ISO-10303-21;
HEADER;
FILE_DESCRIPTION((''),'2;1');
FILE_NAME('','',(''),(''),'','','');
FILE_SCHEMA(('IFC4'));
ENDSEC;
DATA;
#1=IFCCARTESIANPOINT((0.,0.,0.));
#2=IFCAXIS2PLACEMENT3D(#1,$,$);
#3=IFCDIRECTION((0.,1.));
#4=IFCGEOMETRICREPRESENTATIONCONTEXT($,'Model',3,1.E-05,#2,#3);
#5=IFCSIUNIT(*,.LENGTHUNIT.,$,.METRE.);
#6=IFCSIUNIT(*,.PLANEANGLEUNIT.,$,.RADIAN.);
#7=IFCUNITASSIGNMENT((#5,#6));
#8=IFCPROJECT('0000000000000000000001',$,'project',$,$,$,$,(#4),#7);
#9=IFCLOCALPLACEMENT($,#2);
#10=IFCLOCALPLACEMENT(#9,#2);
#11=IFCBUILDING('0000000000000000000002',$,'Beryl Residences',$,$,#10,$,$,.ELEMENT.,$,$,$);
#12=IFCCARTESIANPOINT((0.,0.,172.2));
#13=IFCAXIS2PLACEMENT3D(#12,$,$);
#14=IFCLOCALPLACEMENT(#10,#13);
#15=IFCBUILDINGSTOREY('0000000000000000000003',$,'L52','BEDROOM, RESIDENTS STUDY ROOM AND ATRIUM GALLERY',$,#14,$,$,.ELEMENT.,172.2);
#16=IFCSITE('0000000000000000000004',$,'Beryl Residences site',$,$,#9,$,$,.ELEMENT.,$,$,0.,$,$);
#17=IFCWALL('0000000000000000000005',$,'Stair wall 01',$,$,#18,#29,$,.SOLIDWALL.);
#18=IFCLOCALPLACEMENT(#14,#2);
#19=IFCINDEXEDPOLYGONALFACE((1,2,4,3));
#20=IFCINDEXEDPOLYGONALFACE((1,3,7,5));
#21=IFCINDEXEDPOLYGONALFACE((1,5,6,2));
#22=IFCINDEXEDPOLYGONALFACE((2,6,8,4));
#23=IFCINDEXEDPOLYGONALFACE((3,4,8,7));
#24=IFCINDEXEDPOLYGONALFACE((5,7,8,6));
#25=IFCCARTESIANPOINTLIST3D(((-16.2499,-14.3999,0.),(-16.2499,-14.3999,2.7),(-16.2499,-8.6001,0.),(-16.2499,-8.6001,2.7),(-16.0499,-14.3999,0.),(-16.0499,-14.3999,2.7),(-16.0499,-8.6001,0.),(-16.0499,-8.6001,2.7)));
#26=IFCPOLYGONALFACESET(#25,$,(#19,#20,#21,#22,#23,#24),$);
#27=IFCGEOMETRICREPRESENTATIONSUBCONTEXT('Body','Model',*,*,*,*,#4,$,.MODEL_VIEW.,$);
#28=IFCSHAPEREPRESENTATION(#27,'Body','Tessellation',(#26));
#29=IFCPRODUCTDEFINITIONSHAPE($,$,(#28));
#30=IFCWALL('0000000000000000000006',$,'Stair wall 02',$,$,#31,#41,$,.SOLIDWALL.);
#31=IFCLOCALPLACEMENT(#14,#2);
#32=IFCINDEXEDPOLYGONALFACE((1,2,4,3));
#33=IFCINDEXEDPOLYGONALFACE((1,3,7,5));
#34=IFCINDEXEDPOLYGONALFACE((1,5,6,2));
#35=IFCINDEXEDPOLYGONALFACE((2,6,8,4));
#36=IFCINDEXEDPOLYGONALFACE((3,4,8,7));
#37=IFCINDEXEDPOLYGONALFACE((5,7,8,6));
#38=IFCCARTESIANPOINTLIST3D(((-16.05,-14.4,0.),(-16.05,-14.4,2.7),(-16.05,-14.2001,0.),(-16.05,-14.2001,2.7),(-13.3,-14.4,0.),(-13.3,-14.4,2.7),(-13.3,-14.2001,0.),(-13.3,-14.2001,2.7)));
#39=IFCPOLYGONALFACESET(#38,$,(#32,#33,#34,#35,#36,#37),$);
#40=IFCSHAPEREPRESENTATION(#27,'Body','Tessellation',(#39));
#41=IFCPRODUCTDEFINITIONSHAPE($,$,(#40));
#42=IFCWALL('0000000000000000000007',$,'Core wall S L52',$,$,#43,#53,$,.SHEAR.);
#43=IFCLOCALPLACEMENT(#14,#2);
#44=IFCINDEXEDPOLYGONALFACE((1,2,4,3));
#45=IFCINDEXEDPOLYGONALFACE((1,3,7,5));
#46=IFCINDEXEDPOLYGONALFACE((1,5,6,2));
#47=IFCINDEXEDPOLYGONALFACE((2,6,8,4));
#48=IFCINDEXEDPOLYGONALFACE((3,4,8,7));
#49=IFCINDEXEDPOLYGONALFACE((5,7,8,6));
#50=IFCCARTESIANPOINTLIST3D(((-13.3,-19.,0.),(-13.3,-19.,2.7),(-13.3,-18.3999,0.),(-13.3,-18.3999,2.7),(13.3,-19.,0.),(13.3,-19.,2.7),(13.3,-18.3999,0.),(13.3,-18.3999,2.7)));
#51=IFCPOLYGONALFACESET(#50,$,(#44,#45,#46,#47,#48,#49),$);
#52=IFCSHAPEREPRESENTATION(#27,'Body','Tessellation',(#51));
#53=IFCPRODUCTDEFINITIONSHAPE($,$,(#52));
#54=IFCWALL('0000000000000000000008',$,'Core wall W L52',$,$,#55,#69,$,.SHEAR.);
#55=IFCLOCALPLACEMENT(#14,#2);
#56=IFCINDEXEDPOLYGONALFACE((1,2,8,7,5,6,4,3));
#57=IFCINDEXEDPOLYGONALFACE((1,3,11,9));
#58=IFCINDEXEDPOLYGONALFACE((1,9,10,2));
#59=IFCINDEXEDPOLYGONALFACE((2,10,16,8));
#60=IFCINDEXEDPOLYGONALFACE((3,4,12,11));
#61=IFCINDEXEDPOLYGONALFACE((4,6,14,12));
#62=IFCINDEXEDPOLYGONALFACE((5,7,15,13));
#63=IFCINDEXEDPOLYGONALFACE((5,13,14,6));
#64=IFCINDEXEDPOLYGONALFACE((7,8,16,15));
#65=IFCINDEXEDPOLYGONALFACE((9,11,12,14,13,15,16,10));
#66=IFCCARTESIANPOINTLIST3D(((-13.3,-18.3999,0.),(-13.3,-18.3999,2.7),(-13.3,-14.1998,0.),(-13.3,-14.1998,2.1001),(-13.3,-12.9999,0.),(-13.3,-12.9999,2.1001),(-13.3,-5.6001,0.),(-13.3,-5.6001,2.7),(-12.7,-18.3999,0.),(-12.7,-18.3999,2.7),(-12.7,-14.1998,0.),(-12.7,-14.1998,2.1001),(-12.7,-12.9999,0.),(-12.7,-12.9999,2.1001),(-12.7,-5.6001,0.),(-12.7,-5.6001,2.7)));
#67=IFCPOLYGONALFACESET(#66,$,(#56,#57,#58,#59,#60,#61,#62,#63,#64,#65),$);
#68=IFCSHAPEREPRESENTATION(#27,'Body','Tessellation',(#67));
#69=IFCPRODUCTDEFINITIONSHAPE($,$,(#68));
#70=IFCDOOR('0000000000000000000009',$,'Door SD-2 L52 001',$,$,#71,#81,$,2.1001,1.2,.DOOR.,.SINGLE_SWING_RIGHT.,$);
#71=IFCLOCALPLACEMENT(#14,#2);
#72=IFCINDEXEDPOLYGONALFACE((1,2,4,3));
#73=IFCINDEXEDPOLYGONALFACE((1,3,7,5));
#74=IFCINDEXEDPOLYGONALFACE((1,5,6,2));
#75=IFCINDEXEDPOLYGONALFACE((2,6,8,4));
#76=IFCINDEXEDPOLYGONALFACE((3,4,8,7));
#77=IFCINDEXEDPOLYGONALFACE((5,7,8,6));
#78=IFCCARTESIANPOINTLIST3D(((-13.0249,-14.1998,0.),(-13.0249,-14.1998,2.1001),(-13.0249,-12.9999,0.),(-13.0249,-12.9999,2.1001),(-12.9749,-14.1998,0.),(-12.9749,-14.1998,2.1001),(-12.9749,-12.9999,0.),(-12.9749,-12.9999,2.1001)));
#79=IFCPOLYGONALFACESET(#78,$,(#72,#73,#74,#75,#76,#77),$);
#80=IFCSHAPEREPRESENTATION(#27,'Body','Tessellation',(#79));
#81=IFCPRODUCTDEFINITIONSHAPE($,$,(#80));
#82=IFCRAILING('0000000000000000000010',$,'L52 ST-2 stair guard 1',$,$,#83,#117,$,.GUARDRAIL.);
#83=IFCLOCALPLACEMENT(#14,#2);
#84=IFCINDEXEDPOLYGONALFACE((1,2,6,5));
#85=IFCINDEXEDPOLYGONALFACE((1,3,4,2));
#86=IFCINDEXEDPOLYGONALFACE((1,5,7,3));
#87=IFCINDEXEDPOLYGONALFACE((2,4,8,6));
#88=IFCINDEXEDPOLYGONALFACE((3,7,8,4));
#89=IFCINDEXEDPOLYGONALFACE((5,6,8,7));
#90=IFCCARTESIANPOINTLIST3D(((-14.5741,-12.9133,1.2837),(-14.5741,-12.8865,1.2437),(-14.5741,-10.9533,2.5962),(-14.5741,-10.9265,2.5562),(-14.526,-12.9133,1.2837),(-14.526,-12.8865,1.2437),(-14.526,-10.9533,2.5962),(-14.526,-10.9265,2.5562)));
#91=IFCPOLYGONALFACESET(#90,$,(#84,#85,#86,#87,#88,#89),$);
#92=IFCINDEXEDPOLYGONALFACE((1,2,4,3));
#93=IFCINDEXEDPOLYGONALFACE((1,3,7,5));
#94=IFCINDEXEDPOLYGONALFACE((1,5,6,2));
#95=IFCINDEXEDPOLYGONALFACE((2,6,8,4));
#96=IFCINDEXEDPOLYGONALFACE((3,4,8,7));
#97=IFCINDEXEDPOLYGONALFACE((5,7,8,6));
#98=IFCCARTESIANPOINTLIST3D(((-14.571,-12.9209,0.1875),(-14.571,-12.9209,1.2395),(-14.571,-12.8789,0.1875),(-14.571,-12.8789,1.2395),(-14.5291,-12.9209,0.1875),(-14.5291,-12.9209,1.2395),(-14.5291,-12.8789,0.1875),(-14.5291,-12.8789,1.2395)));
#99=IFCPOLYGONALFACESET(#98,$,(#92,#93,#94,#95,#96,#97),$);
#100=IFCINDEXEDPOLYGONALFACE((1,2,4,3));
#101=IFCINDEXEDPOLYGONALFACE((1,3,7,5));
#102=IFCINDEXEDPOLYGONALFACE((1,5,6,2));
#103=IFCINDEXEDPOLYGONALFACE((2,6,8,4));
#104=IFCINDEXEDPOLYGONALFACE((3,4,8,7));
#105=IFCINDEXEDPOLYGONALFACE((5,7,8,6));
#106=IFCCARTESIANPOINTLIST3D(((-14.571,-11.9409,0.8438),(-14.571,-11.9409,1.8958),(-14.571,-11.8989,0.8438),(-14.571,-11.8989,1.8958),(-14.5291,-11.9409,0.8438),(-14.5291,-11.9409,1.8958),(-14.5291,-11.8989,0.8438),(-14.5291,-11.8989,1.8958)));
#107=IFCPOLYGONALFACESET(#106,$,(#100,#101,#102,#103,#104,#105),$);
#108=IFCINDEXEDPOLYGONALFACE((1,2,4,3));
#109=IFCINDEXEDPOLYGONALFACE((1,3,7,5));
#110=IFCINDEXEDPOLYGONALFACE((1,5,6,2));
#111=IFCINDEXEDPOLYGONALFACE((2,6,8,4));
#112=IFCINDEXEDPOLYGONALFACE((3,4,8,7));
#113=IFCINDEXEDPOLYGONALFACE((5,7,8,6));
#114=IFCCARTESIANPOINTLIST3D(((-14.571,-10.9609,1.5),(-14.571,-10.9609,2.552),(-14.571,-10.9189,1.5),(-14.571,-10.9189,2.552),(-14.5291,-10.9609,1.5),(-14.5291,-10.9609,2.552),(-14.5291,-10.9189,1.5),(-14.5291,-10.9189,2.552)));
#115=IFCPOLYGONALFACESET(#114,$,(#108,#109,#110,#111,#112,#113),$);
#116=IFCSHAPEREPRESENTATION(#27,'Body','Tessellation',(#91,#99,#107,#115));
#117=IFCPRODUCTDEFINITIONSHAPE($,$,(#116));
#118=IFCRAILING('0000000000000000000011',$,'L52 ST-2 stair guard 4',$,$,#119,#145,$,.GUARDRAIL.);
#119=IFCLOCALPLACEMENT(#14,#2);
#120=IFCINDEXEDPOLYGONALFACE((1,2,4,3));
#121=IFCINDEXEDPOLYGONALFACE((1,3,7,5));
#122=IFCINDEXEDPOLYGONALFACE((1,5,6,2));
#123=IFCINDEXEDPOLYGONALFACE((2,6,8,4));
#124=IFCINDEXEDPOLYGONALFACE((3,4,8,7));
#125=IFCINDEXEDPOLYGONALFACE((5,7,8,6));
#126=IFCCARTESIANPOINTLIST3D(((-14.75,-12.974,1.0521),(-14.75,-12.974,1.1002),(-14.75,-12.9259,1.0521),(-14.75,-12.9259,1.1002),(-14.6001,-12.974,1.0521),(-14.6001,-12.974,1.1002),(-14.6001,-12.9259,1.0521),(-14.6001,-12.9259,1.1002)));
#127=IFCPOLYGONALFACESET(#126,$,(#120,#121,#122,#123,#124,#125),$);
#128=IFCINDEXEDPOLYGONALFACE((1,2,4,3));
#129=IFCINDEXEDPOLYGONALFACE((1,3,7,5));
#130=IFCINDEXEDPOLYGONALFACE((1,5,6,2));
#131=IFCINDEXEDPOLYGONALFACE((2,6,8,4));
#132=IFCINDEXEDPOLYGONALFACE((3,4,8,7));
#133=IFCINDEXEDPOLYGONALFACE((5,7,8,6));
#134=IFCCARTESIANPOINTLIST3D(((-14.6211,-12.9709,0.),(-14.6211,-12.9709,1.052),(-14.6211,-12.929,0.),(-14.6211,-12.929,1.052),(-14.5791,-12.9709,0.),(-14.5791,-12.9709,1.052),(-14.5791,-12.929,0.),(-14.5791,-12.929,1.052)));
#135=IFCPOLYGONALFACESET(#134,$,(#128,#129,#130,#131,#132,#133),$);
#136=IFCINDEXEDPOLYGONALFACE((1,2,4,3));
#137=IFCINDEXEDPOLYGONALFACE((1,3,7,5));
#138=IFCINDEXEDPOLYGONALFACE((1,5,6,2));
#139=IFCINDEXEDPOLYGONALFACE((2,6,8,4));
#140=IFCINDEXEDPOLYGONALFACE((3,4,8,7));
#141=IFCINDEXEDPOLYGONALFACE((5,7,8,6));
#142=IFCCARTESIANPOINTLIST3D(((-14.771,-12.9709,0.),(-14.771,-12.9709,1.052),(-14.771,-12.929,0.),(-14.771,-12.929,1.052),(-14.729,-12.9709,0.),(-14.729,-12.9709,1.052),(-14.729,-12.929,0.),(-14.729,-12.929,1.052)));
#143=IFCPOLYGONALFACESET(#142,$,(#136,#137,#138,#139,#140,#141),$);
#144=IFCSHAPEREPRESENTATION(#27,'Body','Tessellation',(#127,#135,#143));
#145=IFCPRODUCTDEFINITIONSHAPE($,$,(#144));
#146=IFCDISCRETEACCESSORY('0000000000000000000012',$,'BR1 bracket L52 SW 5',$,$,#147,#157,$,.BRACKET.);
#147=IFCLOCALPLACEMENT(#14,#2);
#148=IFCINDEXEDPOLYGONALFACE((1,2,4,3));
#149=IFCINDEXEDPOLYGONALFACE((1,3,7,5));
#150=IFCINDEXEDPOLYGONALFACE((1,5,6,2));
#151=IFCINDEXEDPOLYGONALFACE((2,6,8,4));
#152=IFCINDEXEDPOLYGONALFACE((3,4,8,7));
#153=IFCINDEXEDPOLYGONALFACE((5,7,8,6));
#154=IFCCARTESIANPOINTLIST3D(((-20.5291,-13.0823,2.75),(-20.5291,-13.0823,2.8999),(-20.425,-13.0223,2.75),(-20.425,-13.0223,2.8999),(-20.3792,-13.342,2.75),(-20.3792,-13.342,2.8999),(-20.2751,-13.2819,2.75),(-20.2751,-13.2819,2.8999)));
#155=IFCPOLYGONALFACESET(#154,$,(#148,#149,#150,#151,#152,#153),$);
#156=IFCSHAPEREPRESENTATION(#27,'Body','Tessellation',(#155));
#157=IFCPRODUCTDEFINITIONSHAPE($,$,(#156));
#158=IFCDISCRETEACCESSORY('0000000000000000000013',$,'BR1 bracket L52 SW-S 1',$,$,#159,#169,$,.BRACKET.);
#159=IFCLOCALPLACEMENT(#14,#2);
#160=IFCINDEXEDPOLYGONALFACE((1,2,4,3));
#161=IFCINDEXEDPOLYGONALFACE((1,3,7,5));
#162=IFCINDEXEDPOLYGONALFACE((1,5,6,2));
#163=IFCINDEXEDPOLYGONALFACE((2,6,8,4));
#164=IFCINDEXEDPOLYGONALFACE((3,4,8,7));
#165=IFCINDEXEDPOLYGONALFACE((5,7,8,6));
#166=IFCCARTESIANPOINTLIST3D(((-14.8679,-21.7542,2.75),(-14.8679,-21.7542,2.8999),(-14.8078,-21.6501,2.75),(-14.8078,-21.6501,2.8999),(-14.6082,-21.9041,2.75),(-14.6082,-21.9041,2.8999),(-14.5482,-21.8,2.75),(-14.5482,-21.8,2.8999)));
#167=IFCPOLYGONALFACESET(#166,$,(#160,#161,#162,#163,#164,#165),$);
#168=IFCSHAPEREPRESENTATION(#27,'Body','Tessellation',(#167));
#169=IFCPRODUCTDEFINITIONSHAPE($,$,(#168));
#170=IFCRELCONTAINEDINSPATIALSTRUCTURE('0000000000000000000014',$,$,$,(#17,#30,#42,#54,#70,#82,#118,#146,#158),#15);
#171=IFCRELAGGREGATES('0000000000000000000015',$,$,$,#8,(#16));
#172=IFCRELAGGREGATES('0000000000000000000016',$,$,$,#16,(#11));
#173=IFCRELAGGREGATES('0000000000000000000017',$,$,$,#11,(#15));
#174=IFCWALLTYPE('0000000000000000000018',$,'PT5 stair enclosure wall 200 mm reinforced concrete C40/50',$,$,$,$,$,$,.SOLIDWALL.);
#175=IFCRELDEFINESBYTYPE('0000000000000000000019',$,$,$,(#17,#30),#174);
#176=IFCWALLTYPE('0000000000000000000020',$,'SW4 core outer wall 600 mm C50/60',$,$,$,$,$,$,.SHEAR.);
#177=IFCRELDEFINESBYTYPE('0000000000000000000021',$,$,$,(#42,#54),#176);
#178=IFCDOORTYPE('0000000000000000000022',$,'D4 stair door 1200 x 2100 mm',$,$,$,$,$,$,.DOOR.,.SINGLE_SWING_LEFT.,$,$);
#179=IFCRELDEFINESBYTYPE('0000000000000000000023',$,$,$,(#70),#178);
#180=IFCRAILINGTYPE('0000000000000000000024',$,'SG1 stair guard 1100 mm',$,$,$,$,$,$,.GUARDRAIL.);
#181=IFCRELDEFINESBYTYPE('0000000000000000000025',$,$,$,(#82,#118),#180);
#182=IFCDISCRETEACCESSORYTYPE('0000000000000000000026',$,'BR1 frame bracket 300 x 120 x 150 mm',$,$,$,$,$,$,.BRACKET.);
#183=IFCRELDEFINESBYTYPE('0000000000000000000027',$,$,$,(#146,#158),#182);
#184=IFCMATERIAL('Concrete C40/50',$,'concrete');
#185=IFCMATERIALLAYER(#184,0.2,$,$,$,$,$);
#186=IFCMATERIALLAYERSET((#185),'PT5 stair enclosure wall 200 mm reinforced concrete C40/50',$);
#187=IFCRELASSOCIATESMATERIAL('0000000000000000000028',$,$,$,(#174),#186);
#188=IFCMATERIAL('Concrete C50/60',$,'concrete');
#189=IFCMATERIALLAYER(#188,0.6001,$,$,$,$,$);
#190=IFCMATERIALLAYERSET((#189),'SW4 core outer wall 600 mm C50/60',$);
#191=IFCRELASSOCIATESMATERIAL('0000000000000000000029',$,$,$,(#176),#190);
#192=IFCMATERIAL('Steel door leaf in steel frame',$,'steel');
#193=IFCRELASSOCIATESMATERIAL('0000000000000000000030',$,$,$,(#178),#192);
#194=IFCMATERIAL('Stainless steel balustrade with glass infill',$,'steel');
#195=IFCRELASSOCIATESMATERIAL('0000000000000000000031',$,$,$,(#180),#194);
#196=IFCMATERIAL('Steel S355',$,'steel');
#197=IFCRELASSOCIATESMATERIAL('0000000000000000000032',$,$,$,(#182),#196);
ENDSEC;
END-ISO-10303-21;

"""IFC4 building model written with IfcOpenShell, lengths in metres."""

from ifc_helpers import new_model, si_unit, direction, frame, frame_2d, origin, origin_2d, place, context, subcontext, project, spatial, polyline, rectangle, outline, extrude, source, transform, mapped, material, layer, layer_set, type_object, type_shapes, element, fill, save


model = new_model("IFC4")

# Units and contexts
model_context = context("Model", 3, precision=1e-05, world=origin(), true_north=direction((0.0, 1.0)))
body_context = subcontext(model_context, "Body", "Model", "MODEL_VIEW")
ifc_project = project(units=[si_unit("LENGTHUNIT", "METRE"), si_unit("PLANEANGLEUNIT", "RADIAN")], contexts=[model_context])

# Site, building, storey
site_placement = place(None, origin())
site = spatial("IfcSite", under=ifc_project, at=site_placement, Name="Beryl Residences site", CompositionType="ELEMENT", RefElevation=0.0)
building_placement = place(site_placement, origin())
building = spatial("IfcBuilding", under=site, at=building_placement, Name="Beryl Residences", CompositionType="ELEMENT")
storey_placement = place(building_placement, frame((0.0, 0.0, 172.2)))
storey = spatial("IfcBuildingStorey", under=building, at=storey_placement, Name="L52", Description="BEDROOM, RESIDENTS STUDY ROOM AND ATRIUM GALLERY", CompositionType="ELEMENT", Elevation=172.2)

# Walls
ifc_material_1 = material(Name="Concrete C40/50", Category="concrete")
ifc_layer_1 = layer(ifc_material_1, 0.2)
ifc_layer_set_1 = layer_set([ifc_layer_1], Name="PT5 stair enclosure wall 200 mm reinforced concrete C40/50")
wall_type_1 = type_object("IfcWallType", Name="PT5 stair enclosure wall 200 mm reinforced concrete C40/50", PredefinedType="SOLIDWALL", material=ifc_layer_set_1)
wall_1_placement = place(storey_placement, frame((-16.1499, -14.3999, 0.0), z_axis=(0.0, 0.0, 1.0), x_axis=(0.0, 1.0, 0.0)))
element("IfcWall", 1, at=wall_1_placement, inside=storey, type_object=wall_type_1, Name="Stair wall 01", PredefinedType="SOLIDWALL", context=body_context, shape_type="SweptSolid", body=[
    extrude(rectangle(XDim=5.7998, YDim=0.2, at=frame_2d((2.8999, 0.0))), origin(), (0.0, 0.0, 1.0), 2.7),
])
wall_2_placement = place(storey_placement, frame((-16.05, -14.3, 0.0), z_axis=(0.0, 0.0, 1.0), x_axis=(1.0, 0.0, 0.0)))
element("IfcWall", 2, at=wall_2_placement, inside=storey, type_object=wall_type_1, Name="Stair wall 02", PredefinedType="SOLIDWALL", context=body_context, shape_type="SweptSolid", body=[
    extrude(rectangle(XDim=2.75, YDim=0.2, at=frame_2d((1.375, 0.0))), origin(), (0.0, 0.0, 1.0), 2.7),
])
ifc_material_2 = material(Name="Concrete C50/60", Category="concrete")
ifc_layer_2 = layer(ifc_material_2, 0.6001)
ifc_layer_set_2 = layer_set([ifc_layer_2], Name="SW4 core outer wall 600 mm C50/60")
wall_type_2 = type_object("IfcWallType", Name="SW4 core outer wall 600 mm C50/60", PredefinedType="SHEAR", material=ifc_layer_set_2)
wall_3_placement = place(storey_placement, frame((-13.3, -18.7, 0.0), z_axis=(0.0, 0.0, 1.0), x_axis=(1.0, 0.0, 0.0)))
element("IfcWall", 3, at=wall_3_placement, inside=storey, type_object=wall_type_2, Name="Core wall S L52", PredefinedType="SHEAR", context=body_context, shape_type="SweptSolid", body=[
    extrude(rectangle(XDim=26.6001, YDim=0.6001, at=frame_2d((13.3, 0.0))), origin(), (0.0, 0.0, 1.0), 2.7),
])

# Wall, opening, door
wall_4_placement = place(storey_placement, frame((-13.0, -18.3999, 0.0), z_axis=(0.0, 0.0, 1.0), x_axis=(0.0, 1.0, 0.0)))
wall_4 = element("IfcWall", 4, at=wall_4_placement, inside=storey, type_object=wall_type_2, Name="Core wall W L52", PredefinedType="SHEAR", context=body_context, shape_type="SweptSolid", body=[
    extrude(rectangle(XDim=12.7998, YDim=0.6001, at=frame_2d((6.3999, 0.0))), origin(), (0.0, 0.0, 1.0), 2.7),
])
opening_1_placement = place(wall_4_placement, frame((4.2, 0.0, 0.0)))
opening_1 = element("IfcOpeningElement", 5, at=opening_1_placement, cuts=wall_4, PredefinedType="OPENING", context=body_context, shape_type="SweptSolid", body=[
    extrude(rectangle(XDim=1.2, YDim=2.1001, at=frame_2d((0.6001, 1.05))), frame((0.0, 0.3101, 0.0), z_axis=(0.0, -1.0, 0.0), x_axis=(1.0, 0.0, 0.0)), (0.0, 0.0, 1.0), 0.6201),
])
ifc_material_3 = material(Name="Steel door leaf in steel frame", Category="steel")
door_type_1 = type_object("IfcDoorType", Name="D4 stair door 1200 x 2100 mm", OperationType="SINGLE_SWING_LEFT", PredefinedType="DOOR", material=ifc_material_3)
door_1_placement = place(opening_1_placement, origin())
door_1 = element("IfcDoor", 6, at=door_1_placement, inside=storey, type_object=door_type_1, Name="Door SD-2 L52 001", OperationType="SINGLE_SWING_RIGHT", OverallHeight=2.1001, OverallWidth=1.2, PredefinedType="DOOR", context=body_context, shape_type="SweptSolid", body=[
    extrude(rectangle(XDim=1.2, YDim=2.1001, at=frame_2d((0.6001, 1.05))), frame((0.0, 0.0249, 0.0), z_axis=(0.0, -1.0, 0.0), x_axis=(1.0, 0.0, 0.0)), (0.0, 0.0, 1.0), 0.05),
])
fill(opening_1, door_1)

# Railings
ifc_material_4 = material(Name="Stainless steel balustrade with glass infill", Category="steel")
railing_type = type_object("IfcRailingType", Name="SG1 stair guard 1100 mm", PredefinedType="GUARDRAIL", material=ifc_material_4)
railing_1_placement = place(storey_placement, frame((-14.55, -12.8999, 0.1875)))
element("IfcRailing", 7, at=railing_1_placement, inside=storey, type_object=railing_type, Name="L52 ST-2 stair guard 1", PredefinedType="GUARDRAIL", context=body_context, shape_type="SweptSolid", body=[
    extrude(rectangle(XDim=0.0481, YDim=0.0481, at=origin_2d()), frame((0.0, 0.0, 1.0762), z_axis=(0.0, 0.830902, 0.556419), x_axis=(-1.0, 0.0, 0.0)), (0.0, 0.0, 1.0), 2.3589),
    extrude(rectangle(XDim=0.042, YDim=0.042, at=origin_2d()), origin(), (0.0, 0.0, 1.0), 1.052),
    extrude(rectangle(XDim=0.042, YDim=0.042, at=origin_2d()), frame((0.0, 0.98, 0.6562)), (0.0, 0.0, 1.0), 1.052),
    extrude(rectangle(XDim=0.042, YDim=0.042, at=origin_2d()), frame((0.0, 1.96, 1.3125)), (0.0, 0.0, 1.0), 1.052),
])
railing_2_placement = place(storey_placement, frame((-14.6001, -12.95, 0.0)))
element("IfcRailing", 8, at=railing_2_placement, inside=storey, type_object=railing_type, Name="L52 ST-2 stair guard 4", PredefinedType="GUARDRAIL", context=body_context, shape_type="SweptSolid", body=[
    extrude(rectangle(XDim=0.0481, YDim=0.0481, at=origin_2d()), frame((0.0, 0.0, 1.0762), z_axis=(-1.0, 0.0, 0.0), x_axis=(0.0, -1.0, 0.0)), (0.0, 0.0, 1.0), 0.1499),
    extrude(rectangle(XDim=0.042, YDim=0.042, at=origin_2d()), origin(), (0.0, 0.0, 1.0), 1.052),
    extrude(rectangle(XDim=0.042, YDim=0.042, at=origin_2d()), frame((-0.1499, 0.0, 0.0)), (0.0, 0.0, 1.0), 1.052),
])

# Discrete accessories
ifc_material_5 = material(Name="Steel S355", Category="steel")
discrete_accessory_type = type_object("IfcDiscreteAccessoryType", Name="BR1 frame bracket 300 x 120 x 150 mm", PredefinedType="BRACKET", material=ifc_material_5)
shared_shape_1 = source(origin(), body_context, "Body", "SweptSolid", [
    extrude(outline(polyline([(-0.1499, 0.0), (0.1499, 0.0), (0.1499, 0.1201), (-0.1499, 0.1201), (-0.1499, 0.0)])), origin(), (0.0, 0.0, 1.0), 0.1499),
])
type_shapes(discrete_accessory_type, [shared_shape_1])
for number, where, z_axis, x_axis, name in (
    (9, (-20.3501, -13.1521, 2.75), (0.0, 0.0, 1.0), (-0.5, 0.866025, 0.0), "BR1 bracket L52 SW 5"),
    (10, (-14.678, -21.7251, 2.75), (0.0, 0.0, 1.0), (-0.866025, 0.5, 0.0), "BR1 bracket L52 SW-S 1"),
):
    element("IfcDiscreteAccessory", number, at=place(storey_placement, frame(where, z_axis=z_axis, x_axis=x_axis)), inside=storey, type_object=discrete_accessory_type, Name=name, PredefinedType="BRACKET", context=body_context, shape_type="MappedRepresentation", body=[
        mapped(shared_shape_1, transform((0.0, 0.0, 0.0))),
    ])

save(model, "model.ifc")
